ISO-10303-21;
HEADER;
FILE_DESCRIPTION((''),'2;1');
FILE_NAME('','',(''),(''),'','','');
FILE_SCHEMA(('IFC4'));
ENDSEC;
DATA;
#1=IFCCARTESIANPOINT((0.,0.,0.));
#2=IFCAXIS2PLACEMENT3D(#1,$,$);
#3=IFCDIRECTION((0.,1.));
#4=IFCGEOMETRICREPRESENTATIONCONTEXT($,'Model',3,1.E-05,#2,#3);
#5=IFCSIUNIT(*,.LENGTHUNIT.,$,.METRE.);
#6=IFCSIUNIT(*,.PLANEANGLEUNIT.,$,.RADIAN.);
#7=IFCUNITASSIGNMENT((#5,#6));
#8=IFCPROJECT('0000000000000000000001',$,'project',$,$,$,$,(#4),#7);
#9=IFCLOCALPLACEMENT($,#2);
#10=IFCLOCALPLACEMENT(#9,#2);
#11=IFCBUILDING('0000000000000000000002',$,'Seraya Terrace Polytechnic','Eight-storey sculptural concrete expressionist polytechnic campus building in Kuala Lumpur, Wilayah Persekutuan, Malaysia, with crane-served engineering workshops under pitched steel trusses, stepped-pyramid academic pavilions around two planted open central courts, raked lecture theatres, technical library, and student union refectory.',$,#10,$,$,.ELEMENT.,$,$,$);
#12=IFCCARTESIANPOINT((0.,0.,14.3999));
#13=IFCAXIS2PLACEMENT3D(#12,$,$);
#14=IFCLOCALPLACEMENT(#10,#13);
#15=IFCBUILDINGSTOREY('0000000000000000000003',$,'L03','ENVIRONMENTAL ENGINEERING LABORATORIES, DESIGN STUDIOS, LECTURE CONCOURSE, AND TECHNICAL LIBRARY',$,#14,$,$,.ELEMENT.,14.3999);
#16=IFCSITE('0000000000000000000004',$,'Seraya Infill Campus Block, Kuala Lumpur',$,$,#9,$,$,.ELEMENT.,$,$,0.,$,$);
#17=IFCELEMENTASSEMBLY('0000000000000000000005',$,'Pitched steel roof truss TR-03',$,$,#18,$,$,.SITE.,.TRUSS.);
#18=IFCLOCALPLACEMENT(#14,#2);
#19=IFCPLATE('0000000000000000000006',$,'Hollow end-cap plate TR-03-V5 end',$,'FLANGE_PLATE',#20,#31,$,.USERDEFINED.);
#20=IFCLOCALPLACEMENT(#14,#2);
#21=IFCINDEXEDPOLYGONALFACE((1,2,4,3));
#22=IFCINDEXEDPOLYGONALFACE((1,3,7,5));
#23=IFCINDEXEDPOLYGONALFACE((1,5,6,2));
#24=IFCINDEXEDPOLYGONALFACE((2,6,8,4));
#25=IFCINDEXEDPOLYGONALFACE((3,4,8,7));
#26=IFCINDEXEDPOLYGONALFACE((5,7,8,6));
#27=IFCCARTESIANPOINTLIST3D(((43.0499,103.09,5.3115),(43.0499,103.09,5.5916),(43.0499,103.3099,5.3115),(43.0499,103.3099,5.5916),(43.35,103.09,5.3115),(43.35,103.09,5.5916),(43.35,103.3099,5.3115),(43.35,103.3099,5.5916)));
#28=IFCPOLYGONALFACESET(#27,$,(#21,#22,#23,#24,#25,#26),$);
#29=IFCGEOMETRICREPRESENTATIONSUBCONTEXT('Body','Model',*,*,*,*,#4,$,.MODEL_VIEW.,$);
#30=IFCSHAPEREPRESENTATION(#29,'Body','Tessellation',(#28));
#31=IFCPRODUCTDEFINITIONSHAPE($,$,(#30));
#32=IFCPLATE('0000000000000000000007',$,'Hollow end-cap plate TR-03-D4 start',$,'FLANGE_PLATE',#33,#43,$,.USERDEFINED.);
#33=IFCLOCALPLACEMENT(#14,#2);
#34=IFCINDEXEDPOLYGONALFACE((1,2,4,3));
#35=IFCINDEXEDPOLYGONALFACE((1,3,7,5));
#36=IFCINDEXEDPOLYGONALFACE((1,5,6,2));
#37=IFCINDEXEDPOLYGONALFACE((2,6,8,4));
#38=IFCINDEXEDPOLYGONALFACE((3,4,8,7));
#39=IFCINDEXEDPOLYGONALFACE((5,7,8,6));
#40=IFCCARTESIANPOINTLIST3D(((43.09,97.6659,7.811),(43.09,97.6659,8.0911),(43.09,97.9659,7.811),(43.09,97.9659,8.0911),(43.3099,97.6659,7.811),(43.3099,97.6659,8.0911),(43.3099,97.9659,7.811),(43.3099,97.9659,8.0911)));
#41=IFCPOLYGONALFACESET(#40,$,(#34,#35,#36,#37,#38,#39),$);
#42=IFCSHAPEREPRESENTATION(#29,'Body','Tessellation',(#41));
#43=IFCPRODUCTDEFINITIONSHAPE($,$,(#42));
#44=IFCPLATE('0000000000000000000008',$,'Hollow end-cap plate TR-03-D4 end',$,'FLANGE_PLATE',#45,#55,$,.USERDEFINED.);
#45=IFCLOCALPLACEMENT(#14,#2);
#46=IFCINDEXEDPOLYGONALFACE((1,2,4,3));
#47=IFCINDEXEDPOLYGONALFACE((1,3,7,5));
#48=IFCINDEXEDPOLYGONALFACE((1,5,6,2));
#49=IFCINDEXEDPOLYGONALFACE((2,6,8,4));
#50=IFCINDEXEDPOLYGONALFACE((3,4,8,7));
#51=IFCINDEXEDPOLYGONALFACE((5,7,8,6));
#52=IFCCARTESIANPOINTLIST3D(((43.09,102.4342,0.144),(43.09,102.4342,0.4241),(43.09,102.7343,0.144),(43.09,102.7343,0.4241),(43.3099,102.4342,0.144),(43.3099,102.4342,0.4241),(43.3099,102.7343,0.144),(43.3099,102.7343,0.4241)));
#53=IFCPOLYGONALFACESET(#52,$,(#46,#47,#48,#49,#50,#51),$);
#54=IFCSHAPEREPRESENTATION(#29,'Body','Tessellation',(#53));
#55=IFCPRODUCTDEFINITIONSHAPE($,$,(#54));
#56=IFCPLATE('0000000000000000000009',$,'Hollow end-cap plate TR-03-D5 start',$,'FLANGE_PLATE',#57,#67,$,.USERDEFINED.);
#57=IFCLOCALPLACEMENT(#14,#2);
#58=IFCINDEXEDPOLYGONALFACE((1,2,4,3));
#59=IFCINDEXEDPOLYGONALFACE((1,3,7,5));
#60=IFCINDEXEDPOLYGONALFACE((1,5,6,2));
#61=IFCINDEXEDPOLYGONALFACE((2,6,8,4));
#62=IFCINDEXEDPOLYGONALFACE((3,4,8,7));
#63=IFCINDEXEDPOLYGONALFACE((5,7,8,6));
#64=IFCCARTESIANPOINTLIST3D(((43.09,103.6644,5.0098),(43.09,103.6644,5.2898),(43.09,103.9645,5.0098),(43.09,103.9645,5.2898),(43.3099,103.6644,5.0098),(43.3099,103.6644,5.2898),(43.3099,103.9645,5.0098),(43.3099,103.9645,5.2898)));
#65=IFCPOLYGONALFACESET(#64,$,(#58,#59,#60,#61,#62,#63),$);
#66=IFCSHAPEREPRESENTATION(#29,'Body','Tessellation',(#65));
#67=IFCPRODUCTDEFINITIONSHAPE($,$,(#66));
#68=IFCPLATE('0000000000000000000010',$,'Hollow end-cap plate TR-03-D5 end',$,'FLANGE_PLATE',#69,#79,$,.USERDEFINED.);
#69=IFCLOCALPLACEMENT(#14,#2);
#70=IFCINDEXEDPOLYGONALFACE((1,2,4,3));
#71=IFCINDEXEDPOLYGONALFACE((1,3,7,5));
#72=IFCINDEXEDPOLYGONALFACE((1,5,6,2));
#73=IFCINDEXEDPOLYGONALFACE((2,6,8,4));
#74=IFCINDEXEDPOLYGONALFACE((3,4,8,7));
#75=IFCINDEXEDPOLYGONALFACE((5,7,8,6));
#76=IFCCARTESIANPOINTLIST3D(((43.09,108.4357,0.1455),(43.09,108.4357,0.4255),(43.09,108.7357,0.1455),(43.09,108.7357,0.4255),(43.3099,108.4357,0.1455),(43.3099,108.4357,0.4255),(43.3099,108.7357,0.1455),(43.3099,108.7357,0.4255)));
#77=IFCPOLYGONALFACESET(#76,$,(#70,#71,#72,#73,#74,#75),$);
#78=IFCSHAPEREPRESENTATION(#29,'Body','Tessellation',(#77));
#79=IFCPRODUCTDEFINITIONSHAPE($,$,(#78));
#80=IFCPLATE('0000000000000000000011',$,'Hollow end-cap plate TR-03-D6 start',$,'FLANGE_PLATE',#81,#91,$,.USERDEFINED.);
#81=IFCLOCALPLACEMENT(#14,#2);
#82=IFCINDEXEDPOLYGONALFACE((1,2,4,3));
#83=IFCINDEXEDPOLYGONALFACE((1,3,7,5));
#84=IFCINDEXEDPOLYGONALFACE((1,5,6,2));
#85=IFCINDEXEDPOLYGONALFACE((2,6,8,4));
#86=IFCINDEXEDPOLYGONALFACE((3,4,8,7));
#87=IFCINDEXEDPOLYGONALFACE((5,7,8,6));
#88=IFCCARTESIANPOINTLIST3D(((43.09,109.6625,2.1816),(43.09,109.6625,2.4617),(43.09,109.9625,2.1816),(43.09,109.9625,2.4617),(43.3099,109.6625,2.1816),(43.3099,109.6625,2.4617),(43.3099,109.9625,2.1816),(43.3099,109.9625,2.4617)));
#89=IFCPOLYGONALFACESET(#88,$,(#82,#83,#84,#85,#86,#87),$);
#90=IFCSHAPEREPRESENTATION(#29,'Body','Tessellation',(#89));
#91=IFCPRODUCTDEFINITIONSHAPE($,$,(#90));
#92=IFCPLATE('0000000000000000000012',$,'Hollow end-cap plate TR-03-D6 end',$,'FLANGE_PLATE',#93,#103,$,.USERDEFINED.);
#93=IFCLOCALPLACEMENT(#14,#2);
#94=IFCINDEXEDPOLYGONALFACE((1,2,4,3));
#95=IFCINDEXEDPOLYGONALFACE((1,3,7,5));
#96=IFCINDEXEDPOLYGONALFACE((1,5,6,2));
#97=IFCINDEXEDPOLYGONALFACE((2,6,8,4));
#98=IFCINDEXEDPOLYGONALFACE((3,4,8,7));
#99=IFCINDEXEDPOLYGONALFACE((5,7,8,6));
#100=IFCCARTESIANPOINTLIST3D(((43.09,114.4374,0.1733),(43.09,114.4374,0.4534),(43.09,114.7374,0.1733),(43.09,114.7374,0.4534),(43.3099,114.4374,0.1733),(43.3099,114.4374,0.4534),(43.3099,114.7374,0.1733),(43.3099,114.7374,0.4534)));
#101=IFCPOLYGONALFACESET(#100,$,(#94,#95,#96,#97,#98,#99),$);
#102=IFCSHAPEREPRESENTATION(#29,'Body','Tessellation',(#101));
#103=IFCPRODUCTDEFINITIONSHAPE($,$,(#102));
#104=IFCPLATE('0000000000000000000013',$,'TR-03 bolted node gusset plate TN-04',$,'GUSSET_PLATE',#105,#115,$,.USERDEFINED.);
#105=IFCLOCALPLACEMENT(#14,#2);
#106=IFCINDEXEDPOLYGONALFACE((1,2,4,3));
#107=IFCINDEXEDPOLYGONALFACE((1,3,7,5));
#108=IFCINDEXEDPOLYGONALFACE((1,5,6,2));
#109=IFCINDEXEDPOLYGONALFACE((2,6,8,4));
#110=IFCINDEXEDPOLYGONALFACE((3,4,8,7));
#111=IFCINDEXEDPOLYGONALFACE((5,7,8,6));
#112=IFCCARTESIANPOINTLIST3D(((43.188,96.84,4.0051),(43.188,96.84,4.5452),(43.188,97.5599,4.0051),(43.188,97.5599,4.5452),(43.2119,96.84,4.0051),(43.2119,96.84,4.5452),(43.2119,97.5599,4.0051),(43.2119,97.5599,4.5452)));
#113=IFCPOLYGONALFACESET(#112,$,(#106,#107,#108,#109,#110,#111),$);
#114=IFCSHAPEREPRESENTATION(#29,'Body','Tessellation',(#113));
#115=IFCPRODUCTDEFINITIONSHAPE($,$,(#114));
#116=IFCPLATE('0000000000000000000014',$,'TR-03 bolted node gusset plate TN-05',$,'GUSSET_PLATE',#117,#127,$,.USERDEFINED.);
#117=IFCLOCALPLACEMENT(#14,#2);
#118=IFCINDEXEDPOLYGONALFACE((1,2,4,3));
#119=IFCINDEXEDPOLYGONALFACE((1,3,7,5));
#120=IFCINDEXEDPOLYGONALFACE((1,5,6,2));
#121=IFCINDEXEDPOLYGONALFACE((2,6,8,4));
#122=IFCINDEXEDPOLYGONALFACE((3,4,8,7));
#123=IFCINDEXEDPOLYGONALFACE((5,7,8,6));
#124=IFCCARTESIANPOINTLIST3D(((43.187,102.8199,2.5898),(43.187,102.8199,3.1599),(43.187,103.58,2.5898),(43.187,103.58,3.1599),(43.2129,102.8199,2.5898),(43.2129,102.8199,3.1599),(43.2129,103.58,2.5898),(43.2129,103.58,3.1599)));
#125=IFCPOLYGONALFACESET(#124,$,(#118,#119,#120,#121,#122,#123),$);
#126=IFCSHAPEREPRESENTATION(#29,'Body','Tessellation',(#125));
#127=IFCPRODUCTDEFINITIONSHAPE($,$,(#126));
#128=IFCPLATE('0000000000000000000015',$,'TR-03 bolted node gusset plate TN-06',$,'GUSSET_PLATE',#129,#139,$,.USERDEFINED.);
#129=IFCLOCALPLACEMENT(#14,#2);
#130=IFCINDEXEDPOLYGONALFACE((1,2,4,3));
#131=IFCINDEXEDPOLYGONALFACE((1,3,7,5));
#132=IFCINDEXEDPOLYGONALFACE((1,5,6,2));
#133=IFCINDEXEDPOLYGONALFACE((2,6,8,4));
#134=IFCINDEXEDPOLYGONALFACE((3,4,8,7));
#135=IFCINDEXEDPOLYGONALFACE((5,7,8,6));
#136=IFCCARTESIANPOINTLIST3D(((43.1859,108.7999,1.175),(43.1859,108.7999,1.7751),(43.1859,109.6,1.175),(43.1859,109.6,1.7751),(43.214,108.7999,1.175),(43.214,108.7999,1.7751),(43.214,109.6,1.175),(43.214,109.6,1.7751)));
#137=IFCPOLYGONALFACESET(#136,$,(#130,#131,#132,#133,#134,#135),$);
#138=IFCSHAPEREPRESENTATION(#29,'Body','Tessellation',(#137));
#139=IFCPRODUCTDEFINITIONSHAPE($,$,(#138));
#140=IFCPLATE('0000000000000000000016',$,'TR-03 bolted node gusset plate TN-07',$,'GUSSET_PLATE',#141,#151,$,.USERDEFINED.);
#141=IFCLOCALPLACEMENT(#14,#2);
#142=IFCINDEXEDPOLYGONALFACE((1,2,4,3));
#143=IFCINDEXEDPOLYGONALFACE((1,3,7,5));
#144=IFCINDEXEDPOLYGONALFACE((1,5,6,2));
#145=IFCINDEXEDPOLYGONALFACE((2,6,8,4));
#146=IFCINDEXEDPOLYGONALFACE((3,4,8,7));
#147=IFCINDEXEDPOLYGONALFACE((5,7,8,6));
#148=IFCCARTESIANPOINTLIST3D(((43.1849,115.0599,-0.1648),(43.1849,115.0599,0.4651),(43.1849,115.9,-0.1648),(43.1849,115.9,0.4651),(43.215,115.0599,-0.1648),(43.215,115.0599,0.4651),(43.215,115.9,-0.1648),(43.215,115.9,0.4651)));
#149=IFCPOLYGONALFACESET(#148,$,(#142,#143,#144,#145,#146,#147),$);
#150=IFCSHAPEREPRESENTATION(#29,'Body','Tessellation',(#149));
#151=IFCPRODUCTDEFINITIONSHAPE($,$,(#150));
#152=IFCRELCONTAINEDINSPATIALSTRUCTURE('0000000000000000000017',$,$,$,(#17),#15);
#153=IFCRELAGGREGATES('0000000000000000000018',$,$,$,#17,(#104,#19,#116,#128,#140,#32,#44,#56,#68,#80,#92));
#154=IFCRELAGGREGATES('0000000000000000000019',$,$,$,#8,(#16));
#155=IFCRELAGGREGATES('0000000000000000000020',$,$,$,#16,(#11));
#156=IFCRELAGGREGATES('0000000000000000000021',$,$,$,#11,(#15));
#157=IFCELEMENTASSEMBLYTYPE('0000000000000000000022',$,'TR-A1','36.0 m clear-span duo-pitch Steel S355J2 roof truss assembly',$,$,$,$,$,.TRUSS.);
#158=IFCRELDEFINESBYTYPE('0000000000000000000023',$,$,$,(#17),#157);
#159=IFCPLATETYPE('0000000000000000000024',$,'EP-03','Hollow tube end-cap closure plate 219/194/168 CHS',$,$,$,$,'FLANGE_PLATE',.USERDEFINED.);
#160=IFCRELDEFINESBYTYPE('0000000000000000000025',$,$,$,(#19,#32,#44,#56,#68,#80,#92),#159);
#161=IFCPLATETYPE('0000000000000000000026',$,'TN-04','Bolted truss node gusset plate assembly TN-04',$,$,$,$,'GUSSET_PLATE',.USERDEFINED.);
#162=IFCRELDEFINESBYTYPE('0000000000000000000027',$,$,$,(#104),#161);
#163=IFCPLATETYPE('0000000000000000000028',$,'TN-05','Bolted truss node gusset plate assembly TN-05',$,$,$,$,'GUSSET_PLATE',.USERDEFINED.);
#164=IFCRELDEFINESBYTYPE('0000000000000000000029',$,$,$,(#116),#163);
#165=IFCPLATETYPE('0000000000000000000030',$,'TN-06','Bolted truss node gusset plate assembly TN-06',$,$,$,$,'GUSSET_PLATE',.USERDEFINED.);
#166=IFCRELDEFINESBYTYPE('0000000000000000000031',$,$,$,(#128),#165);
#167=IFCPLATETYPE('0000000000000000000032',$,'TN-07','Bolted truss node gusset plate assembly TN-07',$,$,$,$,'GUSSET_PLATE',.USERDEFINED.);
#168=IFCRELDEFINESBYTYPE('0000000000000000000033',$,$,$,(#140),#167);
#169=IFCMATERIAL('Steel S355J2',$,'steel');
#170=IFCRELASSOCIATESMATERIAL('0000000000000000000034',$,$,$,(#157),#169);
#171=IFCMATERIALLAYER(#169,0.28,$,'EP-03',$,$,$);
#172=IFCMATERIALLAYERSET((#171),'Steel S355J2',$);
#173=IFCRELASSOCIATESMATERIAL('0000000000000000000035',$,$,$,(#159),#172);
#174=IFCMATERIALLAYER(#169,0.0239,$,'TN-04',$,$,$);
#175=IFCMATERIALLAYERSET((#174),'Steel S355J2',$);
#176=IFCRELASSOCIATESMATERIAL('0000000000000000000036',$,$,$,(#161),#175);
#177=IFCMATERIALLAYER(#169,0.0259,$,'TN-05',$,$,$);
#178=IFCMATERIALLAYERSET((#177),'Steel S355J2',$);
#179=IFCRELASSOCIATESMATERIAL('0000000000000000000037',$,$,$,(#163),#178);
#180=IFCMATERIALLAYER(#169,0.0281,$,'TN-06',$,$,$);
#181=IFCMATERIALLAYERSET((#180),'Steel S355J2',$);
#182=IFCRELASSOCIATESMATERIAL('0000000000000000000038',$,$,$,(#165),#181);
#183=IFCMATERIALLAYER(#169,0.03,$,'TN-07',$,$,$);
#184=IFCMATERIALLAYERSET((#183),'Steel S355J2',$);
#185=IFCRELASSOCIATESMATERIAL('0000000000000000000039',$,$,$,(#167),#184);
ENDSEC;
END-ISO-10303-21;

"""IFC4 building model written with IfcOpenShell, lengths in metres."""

from ifc_helpers import new_model, si_unit, direction, frame, origin, origin_2d, place, context, subcontext, project, spatial, rectangle, extrude, material, layer, layer_set, type_object, element, aggregate, save


model = new_model("IFC4")

# Units and contexts
model_context = context("Model", 3, precision=1e-05, world=origin(), true_north=direction((0.0, 1.0)))
body_context = subcontext(model_context, "Body", "Model", "MODEL_VIEW")
ifc_project = project(units=[si_unit("LENGTHUNIT", "METRE"), si_unit("PLANEANGLEUNIT", "RADIAN")], contexts=[model_context])

# Site, building, storey
site_placement = place(None, origin())
site = spatial("IfcSite", under=ifc_project, at=site_placement, Name="Seraya Infill Campus Block, Kuala Lumpur", CompositionType="ELEMENT", RefElevation=0.0)
building_placement = place(site_placement, origin())
building = spatial("IfcBuilding", under=site, at=building_placement, Name="Seraya Terrace Polytechnic", Description="Eight-storey sculptural concrete expressionist polytechnic campus building in Kuala Lumpur, Wilayah Persekutuan, Malaysia, with crane-served engineering workshops under pitched steel trusses, stepped-pyramid academic pavilions around two planted open central courts, raked lecture theatres, technical library, and student union refectory.", CompositionType="ELEMENT")
storey_placement = place(building_placement, frame((0.0, 0.0, 14.3999)))
storey = spatial("IfcBuildingStorey", under=building, at=storey_placement, Name="L03", Description="ENVIRONMENTAL ENGINEERING LABORATORIES, DESIGN STUDIOS, LECTURE CONCOURSE, AND TECHNICAL LIBRARY", CompositionType="ELEMENT", Elevation=14.3999)

# Element assembly
ifc_material_1 = material(Name="Steel S355J2", Category="steel")
element_assembly_type = type_object("IfcElementAssemblyType", Name="TR-A1", Description="36.0 m clear-span duo-pitch Steel S355J2 roof truss assembly", PredefinedType="TRUSS", material=ifc_material_1)
assembly_placement = place(storey_placement, origin())
assembly = element("IfcElementAssembly", 1, at=assembly_placement, inside=storey, type_object=element_assembly_type, Name="Pitched steel roof truss TR-03", AssemblyPlace="SITE", PredefinedType="TRUSS")

# Plates
ifc_layer_1 = layer(ifc_material_1, 0.28, Name="EP-03")
ifc_layer_set_1 = layer_set([ifc_layer_1], Name="Steel S355J2")
plate_type_1 = type_object("IfcPlateType", Name="EP-03", Description="Hollow tube end-cap closure plate 219/194/168 CHS", ElementType="FLANGE_PLATE", PredefinedType="USERDEFINED", material=ifc_layer_set_1)
plate_1_placement = place(storey_placement, frame((43.2, 103.2, 5.3115), z_axis=(0.0, 0.0, 1.0), x_axis=(1.0, 0.0, 0.0)))
plate_1 = element("IfcPlate", 2, at=plate_1_placement, type_object=plate_type_1, Name="Hollow end-cap plate TR-03-V5 end", ObjectType="FLANGE_PLATE", PredefinedType="USERDEFINED", context=body_context, shape_type="SweptSolid", body=[
    extrude(rectangle(XDim=0.3, YDim=0.22, at=origin_2d()), origin(), (0.0, 0.0, 1.0), 0.28),
])
plate_2_placement = place(storey_placement, frame((43.2, 97.8159, 7.811), z_axis=(0.0, 0.0, 1.0), x_axis=(0.0, 1.0, 0.0)))
plate_2 = element("IfcPlate", 3, at=plate_2_placement, type_object=plate_type_1, Name="Hollow end-cap plate TR-03-D4 start", ObjectType="FLANGE_PLATE", PredefinedType="USERDEFINED", context=body_context, shape_type="SweptSolid", body=[
    extrude(rectangle(XDim=0.3, YDim=0.22, at=origin_2d()), origin(), (0.0, 0.0, 1.0), 0.28),
])
plate_3_placement = place(storey_placement, frame((43.2, 102.5842, 0.144), z_axis=(0.0, 0.0, 1.0), x_axis=(0.0, 1.0, 0.0)))
plate_3 = element("IfcPlate", 4, at=plate_3_placement, type_object=plate_type_1, Name="Hollow end-cap plate TR-03-D4 end", ObjectType="FLANGE_PLATE", PredefinedType="USERDEFINED", context=body_context, shape_type="SweptSolid", body=[
    extrude(rectangle(XDim=0.3, YDim=0.22, at=origin_2d()), origin(), (0.0, 0.0, 1.0), 0.28),
])
plate_4_placement = place(storey_placement, frame((43.2, 103.8145, 5.0098), z_axis=(0.0, 0.0, 1.0), x_axis=(0.0, 1.0, 0.0)))
plate_4 = element("IfcPlate", 5, at=plate_4_placement, type_object=plate_type_1, Name="Hollow end-cap plate TR-03-D5 start", ObjectType="FLANGE_PLATE", PredefinedType="USERDEFINED", context=body_context, shape_type="SweptSolid", body=[
    extrude(rectangle(XDim=0.3, YDim=0.22, at=origin_2d()), origin(), (0.0, 0.0, 1.0), 0.28),
])
plate_5_placement = place(storey_placement, frame((43.2, 108.5857, 0.1455), z_axis=(0.0, 0.0, 1.0), x_axis=(0.0, 1.0, 0.0)))
plate_5 = element("IfcPlate", 6, at=plate_5_placement, type_object=plate_type_1, Name="Hollow end-cap plate TR-03-D5 end", ObjectType="FLANGE_PLATE", PredefinedType="USERDEFINED", context=body_context, shape_type="SweptSolid", body=[
    extrude(rectangle(XDim=0.3, YDim=0.22, at=origin_2d()), origin(), (0.0, 0.0, 1.0), 0.28),
])
plate_6_placement = place(storey_placement, frame((43.2, 109.8125, 2.1816), z_axis=(0.0, 0.0, 1.0), x_axis=(0.0, 1.0, 0.0)))
plate_6 = element("IfcPlate", 7, at=plate_6_placement, type_object=plate_type_1, Name="Hollow end-cap plate TR-03-D6 start", ObjectType="FLANGE_PLATE", PredefinedType="USERDEFINED", context=body_context, shape_type="SweptSolid", body=[
    extrude(rectangle(XDim=0.3, YDim=0.22, at=origin_2d()), origin(), (0.0, 0.0, 1.0), 0.28),
])
plate_7_placement = place(storey_placement, frame((43.2, 114.5874, 0.1733), z_axis=(0.0, 0.0, 1.0), x_axis=(0.0, 1.0, 0.0)))
plate_7 = element("IfcPlate", 8, at=plate_7_placement, type_object=plate_type_1, Name="Hollow end-cap plate TR-03-D6 end", ObjectType="FLANGE_PLATE", PredefinedType="USERDEFINED", context=body_context, shape_type="SweptSolid", body=[
    extrude(rectangle(XDim=0.3, YDim=0.22, at=origin_2d()), origin(), (0.0, 0.0, 1.0), 0.28),
])
ifc_layer_2 = layer(ifc_material_1, 0.0239, Name="TN-04")
ifc_layer_set_2 = layer_set([ifc_layer_2], Name="Steel S355J2")
plate_type_2 = type_object("IfcPlateType", Name="TN-04", Description="Bolted truss node gusset plate assembly TN-04", ElementType="GUSSET_PLATE", PredefinedType="USERDEFINED", material=ifc_layer_set_2)
plate_8_placement = place(storey_placement, frame((43.2, 97.2, 4.0051), z_axis=(0.0, 0.0, 1.0), x_axis=(0.0, 1.0, 0.0)))
plate_8 = element("IfcPlate", 9, at=plate_8_placement, type_object=plate_type_2, Name="TR-03 bolted node gusset plate TN-04", ObjectType="GUSSET_PLATE", PredefinedType="USERDEFINED", context=body_context, shape_type="SweptSolid", body=[
    extrude(rectangle(XDim=0.72, YDim=0.0239, at=origin_2d()), origin(), (0.0, 0.0, 1.0), 0.54),
])
ifc_layer_3 = layer(ifc_material_1, 0.0259, Name="TN-05")
ifc_layer_set_3 = layer_set([ifc_layer_3], Name="Steel S355J2")
plate_type_3 = type_object("IfcPlateType", Name="TN-05", Description="Bolted truss node gusset plate assembly TN-05", ElementType="GUSSET_PLATE", PredefinedType="USERDEFINED", material=ifc_layer_set_3)
plate_9_placement = place(storey_placement, frame((43.2, 103.2, 2.5898), z_axis=(0.0, 0.0, 1.0), x_axis=(0.0, 1.0, 0.0)))
plate_9 = element("IfcPlate", 10, at=plate_9_placement, type_object=plate_type_3, Name="TR-03 bolted node gusset plate TN-05", ObjectType="GUSSET_PLATE", PredefinedType="USERDEFINED", context=body_context, shape_type="SweptSolid", body=[
    extrude(rectangle(XDim=0.76, YDim=0.0259, at=origin_2d()), origin(), (0.0, 0.0, 1.0), 0.5701),
])
ifc_layer_4 = layer(ifc_material_1, 0.0281, Name="TN-06")
ifc_layer_set_4 = layer_set([ifc_layer_4], Name="Steel S355J2")
plate_type_4 = type_object("IfcPlateType", Name="TN-06", Description="Bolted truss node gusset plate assembly TN-06", ElementType="GUSSET_PLATE", PredefinedType="USERDEFINED", material=ifc_layer_set_4)
plate_10_placement = place(storey_placement, frame((43.2, 109.2, 1.175), z_axis=(0.0, 0.0, 1.0), x_axis=(0.0, 1.0, 0.0)))
plate_10 = element("IfcPlate", 11, at=plate_10_placement, type_object=plate_type_4, Name="TR-03 bolted node gusset plate TN-06", ObjectType="GUSSET_PLATE", PredefinedType="USERDEFINED", context=body_context, shape_type="SweptSolid", body=[
    extrude(rectangle(XDim=0.8, YDim=0.0281, at=origin_2d()), origin(), (0.0, 0.0, 1.0), 0.6001),
])
ifc_layer_5 = layer(ifc_material_1, 0.03, Name="TN-07")
ifc_layer_set_5 = layer_set([ifc_layer_5], Name="Steel S355J2")
plate_type_5 = type_object("IfcPlateType", Name="TN-07", Description="Bolted truss node gusset plate assembly TN-07", ElementType="GUSSET_PLATE", PredefinedType="USERDEFINED", material=ifc_layer_set_5)
plate_11_placement = place(storey_placement, frame((43.2, 115.48, -0.1648), z_axis=(0.0, 0.0, 1.0), x_axis=(0.0, 1.0, 0.0)))
plate_11 = element("IfcPlate", 12, at=plate_11_placement, type_object=plate_type_5, Name="TR-03 bolted node gusset plate TN-07", ObjectType="GUSSET_PLATE", PredefinedType="USERDEFINED", context=body_context, shape_type="SweptSolid", body=[
    extrude(rectangle(XDim=0.8401, YDim=0.03, at=origin_2d()), origin(), (0.0, 0.0, 1.0), 0.6299),
])
aggregate(assembly, [plate_8, plate_1, plate_9, plate_10, plate_11, plate_2, plate_3, plate_4, plate_5, plate_6, plate_7])

save(model, "model.ifc")
